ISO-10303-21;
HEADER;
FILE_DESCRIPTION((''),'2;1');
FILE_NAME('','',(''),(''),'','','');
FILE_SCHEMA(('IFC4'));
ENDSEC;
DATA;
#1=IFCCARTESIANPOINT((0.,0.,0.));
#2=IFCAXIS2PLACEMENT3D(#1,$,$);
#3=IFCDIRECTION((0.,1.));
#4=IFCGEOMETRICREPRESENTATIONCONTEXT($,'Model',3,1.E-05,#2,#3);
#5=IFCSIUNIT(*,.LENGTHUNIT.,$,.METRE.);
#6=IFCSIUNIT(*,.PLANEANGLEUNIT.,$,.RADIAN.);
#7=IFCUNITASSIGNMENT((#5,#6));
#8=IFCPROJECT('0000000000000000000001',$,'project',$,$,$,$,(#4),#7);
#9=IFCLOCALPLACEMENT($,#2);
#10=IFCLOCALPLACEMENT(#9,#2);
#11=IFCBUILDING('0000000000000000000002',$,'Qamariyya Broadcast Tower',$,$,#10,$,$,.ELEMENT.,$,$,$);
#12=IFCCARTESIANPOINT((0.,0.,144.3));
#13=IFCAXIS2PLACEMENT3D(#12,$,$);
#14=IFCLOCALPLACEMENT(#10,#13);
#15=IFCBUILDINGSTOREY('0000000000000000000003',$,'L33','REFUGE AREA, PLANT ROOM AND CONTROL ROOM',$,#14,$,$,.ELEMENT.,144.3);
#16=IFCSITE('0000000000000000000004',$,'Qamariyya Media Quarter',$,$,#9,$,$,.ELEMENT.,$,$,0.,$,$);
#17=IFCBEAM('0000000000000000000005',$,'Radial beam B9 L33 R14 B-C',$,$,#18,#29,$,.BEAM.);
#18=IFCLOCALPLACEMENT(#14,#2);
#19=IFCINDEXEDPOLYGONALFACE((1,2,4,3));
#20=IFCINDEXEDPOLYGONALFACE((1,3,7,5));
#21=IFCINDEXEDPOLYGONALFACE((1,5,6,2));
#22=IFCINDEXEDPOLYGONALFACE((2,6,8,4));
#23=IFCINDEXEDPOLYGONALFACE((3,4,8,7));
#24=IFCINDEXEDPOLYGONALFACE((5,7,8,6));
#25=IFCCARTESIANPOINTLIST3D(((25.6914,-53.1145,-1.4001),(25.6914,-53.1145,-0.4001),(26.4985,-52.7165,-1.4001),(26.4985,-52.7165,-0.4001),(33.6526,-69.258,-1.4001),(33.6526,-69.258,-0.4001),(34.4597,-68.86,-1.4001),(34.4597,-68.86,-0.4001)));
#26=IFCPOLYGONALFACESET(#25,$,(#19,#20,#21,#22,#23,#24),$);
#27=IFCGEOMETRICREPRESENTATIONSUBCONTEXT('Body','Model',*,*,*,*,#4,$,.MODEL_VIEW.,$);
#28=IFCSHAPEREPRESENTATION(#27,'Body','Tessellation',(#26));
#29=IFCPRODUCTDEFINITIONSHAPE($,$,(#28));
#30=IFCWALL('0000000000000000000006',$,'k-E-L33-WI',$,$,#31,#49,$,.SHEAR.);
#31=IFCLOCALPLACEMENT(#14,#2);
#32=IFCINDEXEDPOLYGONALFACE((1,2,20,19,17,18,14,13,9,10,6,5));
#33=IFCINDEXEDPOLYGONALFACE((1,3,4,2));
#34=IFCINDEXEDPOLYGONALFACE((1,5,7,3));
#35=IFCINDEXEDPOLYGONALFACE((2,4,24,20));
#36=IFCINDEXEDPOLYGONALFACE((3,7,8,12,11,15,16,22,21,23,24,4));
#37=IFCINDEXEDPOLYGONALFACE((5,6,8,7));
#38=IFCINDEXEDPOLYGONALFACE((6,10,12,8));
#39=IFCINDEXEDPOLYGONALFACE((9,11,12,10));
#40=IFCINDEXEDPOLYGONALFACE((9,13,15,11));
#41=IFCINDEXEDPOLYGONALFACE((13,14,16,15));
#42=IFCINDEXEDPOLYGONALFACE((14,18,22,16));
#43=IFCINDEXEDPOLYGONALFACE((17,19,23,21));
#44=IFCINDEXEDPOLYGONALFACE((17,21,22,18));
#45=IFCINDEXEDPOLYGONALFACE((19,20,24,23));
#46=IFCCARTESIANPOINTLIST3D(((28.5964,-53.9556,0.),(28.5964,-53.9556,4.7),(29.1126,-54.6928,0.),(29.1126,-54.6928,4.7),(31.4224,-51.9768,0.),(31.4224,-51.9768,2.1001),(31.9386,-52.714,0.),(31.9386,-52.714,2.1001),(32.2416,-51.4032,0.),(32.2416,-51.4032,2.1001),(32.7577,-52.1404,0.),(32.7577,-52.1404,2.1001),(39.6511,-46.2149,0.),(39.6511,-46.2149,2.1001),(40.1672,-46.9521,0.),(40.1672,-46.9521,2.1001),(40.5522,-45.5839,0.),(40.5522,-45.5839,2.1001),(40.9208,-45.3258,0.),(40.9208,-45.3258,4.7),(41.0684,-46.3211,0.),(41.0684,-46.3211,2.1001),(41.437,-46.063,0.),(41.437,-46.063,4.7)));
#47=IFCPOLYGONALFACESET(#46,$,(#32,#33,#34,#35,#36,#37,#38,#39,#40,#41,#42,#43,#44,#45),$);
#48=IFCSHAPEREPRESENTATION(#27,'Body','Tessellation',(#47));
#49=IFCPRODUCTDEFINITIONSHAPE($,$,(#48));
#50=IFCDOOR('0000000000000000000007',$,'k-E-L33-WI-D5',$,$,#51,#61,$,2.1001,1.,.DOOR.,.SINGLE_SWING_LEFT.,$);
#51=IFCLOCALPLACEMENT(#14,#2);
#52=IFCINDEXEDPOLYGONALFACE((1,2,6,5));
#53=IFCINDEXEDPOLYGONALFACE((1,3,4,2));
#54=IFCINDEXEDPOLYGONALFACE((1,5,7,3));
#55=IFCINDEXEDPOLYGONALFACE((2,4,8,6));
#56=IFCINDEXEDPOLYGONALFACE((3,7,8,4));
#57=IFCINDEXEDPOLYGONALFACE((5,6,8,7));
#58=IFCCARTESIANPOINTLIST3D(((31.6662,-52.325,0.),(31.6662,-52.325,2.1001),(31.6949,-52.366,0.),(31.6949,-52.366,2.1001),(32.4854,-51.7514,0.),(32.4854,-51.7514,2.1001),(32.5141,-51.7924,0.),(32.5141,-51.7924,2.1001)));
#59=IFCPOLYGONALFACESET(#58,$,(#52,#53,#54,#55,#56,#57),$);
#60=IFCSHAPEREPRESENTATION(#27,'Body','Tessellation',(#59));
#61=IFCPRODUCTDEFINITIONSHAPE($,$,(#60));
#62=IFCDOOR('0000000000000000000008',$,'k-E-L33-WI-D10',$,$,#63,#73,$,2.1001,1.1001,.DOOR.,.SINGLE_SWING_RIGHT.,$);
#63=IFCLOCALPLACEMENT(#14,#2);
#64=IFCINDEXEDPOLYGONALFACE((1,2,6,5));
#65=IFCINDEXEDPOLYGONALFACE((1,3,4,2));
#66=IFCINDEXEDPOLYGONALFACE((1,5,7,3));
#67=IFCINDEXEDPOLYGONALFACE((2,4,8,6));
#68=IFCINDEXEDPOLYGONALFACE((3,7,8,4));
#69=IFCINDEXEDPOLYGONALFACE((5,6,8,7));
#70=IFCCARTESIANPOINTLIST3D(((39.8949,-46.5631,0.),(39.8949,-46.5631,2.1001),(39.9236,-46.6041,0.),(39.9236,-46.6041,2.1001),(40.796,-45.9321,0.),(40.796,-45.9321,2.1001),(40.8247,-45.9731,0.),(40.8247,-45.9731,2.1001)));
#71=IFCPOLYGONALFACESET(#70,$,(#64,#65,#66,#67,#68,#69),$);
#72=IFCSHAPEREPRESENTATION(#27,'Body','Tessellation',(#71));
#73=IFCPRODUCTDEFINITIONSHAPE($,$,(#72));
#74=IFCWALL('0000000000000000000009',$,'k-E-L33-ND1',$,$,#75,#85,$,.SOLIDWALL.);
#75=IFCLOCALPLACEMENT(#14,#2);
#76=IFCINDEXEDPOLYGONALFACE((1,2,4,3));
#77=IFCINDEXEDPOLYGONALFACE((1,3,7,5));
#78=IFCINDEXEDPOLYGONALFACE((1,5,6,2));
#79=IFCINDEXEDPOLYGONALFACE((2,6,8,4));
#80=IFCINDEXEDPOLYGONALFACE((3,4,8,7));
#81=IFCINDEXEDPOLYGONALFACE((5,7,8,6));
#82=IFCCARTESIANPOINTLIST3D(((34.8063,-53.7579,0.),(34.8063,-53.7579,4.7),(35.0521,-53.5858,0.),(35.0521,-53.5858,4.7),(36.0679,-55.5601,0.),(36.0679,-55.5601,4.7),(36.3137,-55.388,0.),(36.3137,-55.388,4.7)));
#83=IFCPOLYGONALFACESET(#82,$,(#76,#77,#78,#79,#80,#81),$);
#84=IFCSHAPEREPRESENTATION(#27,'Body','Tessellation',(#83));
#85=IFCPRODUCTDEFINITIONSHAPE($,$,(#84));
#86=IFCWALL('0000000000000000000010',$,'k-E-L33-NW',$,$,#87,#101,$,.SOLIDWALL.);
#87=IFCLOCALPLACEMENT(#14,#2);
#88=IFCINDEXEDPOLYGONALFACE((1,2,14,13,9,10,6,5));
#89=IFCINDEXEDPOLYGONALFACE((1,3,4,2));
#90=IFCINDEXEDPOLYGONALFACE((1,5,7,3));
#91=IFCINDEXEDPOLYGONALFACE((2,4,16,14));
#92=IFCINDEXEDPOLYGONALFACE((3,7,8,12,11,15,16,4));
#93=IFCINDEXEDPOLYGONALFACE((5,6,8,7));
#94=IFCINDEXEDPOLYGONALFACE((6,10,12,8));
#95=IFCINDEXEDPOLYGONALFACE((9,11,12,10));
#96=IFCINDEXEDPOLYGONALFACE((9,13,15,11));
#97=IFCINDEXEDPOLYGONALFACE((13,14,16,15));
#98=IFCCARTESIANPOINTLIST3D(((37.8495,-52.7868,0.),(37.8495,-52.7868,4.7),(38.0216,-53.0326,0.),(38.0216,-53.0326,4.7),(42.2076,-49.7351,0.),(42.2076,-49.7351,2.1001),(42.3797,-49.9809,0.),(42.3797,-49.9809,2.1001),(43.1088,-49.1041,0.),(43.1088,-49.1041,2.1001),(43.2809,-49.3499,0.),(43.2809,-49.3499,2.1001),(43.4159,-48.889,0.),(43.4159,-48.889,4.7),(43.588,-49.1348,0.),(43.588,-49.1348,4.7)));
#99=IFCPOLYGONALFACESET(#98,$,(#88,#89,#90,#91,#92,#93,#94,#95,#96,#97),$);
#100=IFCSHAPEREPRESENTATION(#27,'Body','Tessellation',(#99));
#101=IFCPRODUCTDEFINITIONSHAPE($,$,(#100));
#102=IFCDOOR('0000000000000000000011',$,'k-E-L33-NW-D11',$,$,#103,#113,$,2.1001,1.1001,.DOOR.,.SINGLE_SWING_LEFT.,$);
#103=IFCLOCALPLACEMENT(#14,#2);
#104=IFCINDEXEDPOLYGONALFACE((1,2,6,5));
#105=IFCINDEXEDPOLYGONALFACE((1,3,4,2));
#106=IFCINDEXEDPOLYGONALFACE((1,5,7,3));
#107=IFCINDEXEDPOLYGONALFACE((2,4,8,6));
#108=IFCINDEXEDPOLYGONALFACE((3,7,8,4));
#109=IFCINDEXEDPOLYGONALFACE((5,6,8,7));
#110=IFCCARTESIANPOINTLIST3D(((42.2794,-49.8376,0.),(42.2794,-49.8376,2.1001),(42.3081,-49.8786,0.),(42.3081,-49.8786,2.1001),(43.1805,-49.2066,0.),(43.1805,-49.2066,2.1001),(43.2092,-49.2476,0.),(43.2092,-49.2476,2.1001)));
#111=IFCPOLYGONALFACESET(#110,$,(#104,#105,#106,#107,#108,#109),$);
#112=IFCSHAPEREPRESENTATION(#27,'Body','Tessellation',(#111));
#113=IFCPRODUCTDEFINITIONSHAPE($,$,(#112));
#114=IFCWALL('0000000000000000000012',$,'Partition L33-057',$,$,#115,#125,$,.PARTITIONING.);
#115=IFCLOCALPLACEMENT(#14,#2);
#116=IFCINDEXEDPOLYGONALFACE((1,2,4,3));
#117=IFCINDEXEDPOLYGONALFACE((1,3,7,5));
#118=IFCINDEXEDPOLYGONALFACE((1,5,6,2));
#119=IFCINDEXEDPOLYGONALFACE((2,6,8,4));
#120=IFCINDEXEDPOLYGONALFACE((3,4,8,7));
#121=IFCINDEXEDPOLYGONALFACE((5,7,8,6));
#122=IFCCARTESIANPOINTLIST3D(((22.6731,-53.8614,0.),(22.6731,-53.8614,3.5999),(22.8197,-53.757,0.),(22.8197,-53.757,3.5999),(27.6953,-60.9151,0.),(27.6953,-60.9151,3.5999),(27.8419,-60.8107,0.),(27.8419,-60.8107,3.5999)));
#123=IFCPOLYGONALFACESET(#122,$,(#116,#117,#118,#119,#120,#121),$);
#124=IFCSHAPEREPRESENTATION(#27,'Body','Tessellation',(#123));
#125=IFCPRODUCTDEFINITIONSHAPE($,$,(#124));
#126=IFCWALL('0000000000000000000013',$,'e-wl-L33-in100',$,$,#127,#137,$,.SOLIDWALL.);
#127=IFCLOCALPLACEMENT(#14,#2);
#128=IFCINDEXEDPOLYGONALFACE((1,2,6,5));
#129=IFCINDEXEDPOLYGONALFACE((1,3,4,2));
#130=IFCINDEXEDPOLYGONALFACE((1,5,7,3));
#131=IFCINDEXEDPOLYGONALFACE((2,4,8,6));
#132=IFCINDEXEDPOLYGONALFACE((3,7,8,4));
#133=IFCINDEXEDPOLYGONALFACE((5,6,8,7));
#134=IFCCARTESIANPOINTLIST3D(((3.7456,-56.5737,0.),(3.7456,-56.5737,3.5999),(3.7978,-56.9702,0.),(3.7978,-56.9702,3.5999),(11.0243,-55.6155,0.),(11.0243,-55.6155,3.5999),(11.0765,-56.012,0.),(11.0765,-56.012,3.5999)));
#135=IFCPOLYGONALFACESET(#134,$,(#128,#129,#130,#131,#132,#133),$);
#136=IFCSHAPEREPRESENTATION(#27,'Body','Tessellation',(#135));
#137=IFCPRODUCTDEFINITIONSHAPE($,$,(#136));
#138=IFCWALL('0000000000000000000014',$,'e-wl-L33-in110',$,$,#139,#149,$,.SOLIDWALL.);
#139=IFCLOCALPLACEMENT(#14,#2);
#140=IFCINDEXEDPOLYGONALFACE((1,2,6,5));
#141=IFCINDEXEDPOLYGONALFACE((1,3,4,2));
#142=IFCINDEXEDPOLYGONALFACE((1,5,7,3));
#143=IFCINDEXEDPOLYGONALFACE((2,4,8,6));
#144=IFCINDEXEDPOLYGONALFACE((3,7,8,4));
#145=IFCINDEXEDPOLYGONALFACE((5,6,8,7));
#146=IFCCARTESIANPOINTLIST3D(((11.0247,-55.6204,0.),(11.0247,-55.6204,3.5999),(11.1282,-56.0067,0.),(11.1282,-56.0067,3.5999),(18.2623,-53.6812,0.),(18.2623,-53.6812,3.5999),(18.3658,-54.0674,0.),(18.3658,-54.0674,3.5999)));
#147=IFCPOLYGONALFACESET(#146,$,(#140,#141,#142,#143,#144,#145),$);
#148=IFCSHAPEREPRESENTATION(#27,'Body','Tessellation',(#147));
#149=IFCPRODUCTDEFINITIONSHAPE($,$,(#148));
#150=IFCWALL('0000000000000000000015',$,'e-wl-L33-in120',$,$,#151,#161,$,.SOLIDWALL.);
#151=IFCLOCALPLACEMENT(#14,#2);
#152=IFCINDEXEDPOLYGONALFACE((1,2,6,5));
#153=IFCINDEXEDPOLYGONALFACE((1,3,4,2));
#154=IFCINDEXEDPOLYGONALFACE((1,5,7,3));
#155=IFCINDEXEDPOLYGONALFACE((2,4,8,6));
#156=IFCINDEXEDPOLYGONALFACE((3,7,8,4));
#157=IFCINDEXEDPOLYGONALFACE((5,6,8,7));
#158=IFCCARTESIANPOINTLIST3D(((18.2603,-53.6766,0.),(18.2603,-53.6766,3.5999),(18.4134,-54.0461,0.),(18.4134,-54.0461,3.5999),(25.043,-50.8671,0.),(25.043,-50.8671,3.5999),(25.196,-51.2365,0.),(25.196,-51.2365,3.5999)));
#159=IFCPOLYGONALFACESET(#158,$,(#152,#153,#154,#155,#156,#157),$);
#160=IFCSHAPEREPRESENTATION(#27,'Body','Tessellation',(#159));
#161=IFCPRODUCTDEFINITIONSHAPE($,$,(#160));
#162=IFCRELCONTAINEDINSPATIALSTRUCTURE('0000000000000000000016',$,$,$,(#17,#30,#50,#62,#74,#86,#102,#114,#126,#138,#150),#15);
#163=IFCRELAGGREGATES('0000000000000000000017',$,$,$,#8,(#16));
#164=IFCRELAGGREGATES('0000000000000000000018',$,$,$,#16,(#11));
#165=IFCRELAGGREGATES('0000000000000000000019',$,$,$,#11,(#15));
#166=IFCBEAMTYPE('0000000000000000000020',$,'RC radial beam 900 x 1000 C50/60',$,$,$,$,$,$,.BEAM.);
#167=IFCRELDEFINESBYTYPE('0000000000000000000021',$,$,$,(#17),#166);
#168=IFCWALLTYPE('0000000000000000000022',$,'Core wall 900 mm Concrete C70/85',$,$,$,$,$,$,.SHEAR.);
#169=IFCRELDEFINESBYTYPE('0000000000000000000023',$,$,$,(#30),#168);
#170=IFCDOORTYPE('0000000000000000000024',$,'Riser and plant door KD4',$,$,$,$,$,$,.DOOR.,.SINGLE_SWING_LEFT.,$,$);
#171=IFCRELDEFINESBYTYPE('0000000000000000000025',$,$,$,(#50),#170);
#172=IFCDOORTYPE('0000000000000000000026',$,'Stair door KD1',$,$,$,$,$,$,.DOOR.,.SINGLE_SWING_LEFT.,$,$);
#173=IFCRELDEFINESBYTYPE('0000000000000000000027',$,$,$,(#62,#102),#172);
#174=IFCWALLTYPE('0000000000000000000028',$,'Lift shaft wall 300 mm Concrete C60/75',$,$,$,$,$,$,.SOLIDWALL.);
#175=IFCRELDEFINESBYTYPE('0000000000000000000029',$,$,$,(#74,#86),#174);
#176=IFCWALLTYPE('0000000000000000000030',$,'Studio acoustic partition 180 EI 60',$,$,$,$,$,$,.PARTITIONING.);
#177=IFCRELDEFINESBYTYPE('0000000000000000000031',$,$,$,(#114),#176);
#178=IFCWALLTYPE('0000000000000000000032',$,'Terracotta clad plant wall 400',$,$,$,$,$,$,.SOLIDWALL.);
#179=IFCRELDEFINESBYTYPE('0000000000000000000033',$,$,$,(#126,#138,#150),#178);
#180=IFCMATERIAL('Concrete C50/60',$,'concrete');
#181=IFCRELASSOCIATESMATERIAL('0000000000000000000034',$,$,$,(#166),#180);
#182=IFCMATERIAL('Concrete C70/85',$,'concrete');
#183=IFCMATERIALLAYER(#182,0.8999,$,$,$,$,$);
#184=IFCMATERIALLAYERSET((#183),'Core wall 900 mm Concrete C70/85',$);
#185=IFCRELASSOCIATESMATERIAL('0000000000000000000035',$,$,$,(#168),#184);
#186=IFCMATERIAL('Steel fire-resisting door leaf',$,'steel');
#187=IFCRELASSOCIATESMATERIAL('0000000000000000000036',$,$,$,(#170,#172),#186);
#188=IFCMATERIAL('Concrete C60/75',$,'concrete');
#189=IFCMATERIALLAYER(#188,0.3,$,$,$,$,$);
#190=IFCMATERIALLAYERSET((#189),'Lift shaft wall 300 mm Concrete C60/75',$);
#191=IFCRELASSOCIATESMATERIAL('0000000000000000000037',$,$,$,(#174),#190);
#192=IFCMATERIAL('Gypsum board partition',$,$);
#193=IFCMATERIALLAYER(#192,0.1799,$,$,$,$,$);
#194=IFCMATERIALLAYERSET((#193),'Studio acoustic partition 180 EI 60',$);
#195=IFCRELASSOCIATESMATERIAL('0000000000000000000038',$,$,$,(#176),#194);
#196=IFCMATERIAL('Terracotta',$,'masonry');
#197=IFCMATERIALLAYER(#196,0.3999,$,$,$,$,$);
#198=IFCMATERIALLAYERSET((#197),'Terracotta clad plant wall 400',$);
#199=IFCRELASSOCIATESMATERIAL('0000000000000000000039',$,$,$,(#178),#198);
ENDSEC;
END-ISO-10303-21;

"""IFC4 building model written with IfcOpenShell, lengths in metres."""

from ifc_helpers import new_model, si_unit, direction, frame, frame_2d, origin, origin_2d, place, context, subcontext, project, spatial, rectangle, extrude, material, layer, layer_set, material_profile, profile_set, type_object, element, fill, save


model = new_model("IFC4")

# Units and contexts
model_context = context("Model", 3, precision=1e-05, world=origin(), true_north=direction((0.0, 1.0)))
body_context = subcontext(model_context, "Body", "Model", "MODEL_VIEW")
ifc_project = project(units=[si_unit("LENGTHUNIT", "METRE"), si_unit("PLANEANGLEUNIT", "RADIAN")], contexts=[model_context])

# Site, building, storey
site_placement = place(None, origin())
site = spatial("IfcSite", under=ifc_project, at=site_placement, Name="Qamariyya Media Quarter", CompositionType="ELEMENT", RefElevation=0.0)
building_placement = place(site_placement, origin())
building = spatial("IfcBuilding", under=site, at=building_placement, Name="Qamariyya Broadcast Tower", CompositionType="ELEMENT")
storey_placement = place(building_placement, frame((0.0, 0.0, 144.3)))
storey = spatial("IfcBuildingStorey", under=building, at=storey_placement, Name="L33", Description="REFUGE AREA, PLANT ROOM AND CONTROL ROOM", CompositionType="ELEMENT", Elevation=144.3)

# Shared definitions
ifc_material_1 = material(Name="Concrete C70/85", Category="concrete")

# Beam
ifc_material_2 = material(Name="Concrete C50/60", Category="concrete")
ifc_material_profile_1 = material_profile(ifc_material_2, rectangle(XDim=0.8999, YDim=1.0, at=origin_2d()))
ifc_profile_set_1 = profile_set([ifc_material_profile_1], Name="Concrete C50/60")
beam_type_1 = type_object("IfcBeamType", Name="RC radial beam 900 x 1000 C50/60", PredefinedType="BEAM", material=ifc_profile_set_1)
beam_1_placement = place(storey_placement, frame((26.095, -52.9155, -0.9001), z_axis=(0.442291, -0.896871, 0.0), x_axis=(0.896871, 0.442291, 0.0)))
element("IfcBeam", 1, at=beam_1_placement, inside=storey, type_object=beam_type_1, Name="Radial beam B9 L33 R14 B-C", PredefinedType="BEAM", context=body_context, shape_type="SweptSolid", body=[
    extrude(rectangle(XDim=0.8999, YDim=1.0, at=origin_2d()), origin(), (0.0, 0.0, 1.0), 17.9998),
])

# Wall, openings, doors
ifc_layer_1 = layer(ifc_material_1, 0.8999)
ifc_layer_set_1 = layer_set([ifc_layer_1], Name="Core wall 900 mm Concrete C70/85")
wall_type_1 = type_object("IfcWallType", Name="Core wall 900 mm Concrete C70/85", PredefinedType="SHEAR", material=ifc_layer_set_1)
wall_1_placement = place(storey_placement, frame((28.8545, -54.3242, 0.0), z_axis=(0.0, 0.0, 1.0), x_axis=(0.819146, 0.573585, 0.0)))
wall_1 = element("IfcWall", 2, at=wall_1_placement, inside=storey, type_object=wall_type_1, Name="k-E-L33-WI", PredefinedType="SHEAR", context=body_context, shape_type="SweptSolid", body=[
    extrude(rectangle(XDim=15.0454, YDim=0.8999, at=frame_2d((7.5227, 0.0))), origin(), (0.0, 0.0, 1.0), 4.7),
])
opening_1_placement = place(wall_1_placement, frame((3.45, 0.0, 0.0)))
opening_1 = element("IfcOpeningElement", 3, at=opening_1_placement, cuts=wall_1, PredefinedType="OPENING", context=body_context, shape_type="SweptSolid", body=[
    extrude(rectangle(XDim=1.0, YDim=2.1001, at=frame_2d((0.5, 1.05))), frame((0.0, 0.46, 0.0), z_axis=(0.0, -1.0, 0.0), x_axis=(1.0, 0.0, 0.0)), (0.0, 0.0, 1.0), 0.9199),
])
opening_2_placement = place(wall_1_placement, frame((13.4954, 0.0, 0.0)))
opening_2 = element("IfcOpeningElement", 4, at=opening_2_placement, cuts=wall_1, PredefinedType="OPENING", context=body_context, shape_type="SweptSolid", body=[
    extrude(rectangle(XDim=1.1001, YDim=2.1001, at=frame_2d((0.55, 1.05))), frame((0.0, 0.46, 0.0), z_axis=(0.0, -1.0, 0.0), x_axis=(1.0, 0.0, 0.0)), (0.0, 0.0, 1.0), 0.9199),
])
ifc_material_3 = material(Name="Steel fire-resisting door leaf", Category="steel")
door_type_1 = type_object("IfcDoorType", Name="Riser and plant door KD4", OperationType="SINGLE_SWING_LEFT", PredefinedType="DOOR", material=ifc_material_3)
door_1_placement = place(opening_1_placement, origin())
door_1 = element("IfcDoor", 5, at=door_1_placement, inside=storey, type_object=door_type_1, Name="k-E-L33-WI-D5", OperationType="SINGLE_SWING_LEFT", OverallHeight=2.1001, OverallWidth=1.0, PredefinedType="DOOR", context=body_context, shape_type="SweptSolid", body=[
    extrude(rectangle(XDim=1.0, YDim=2.1001, at=frame_2d((0.5, 1.05))), frame((0.0, 0.0249, 0.0), z_axis=(0.0, -1.0, 0.0), x_axis=(1.0, 0.0, 0.0)), (0.0, 0.0, 1.0), 0.05),
])
fill(opening_1, door_1)
door_type_2 = type_object("IfcDoorType", Name="Stair door KD1", OperationType="SINGLE_SWING_LEFT", PredefinedType="DOOR", material=ifc_material_3)
door_2_placement = place(opening_2_placement, origin())
door_2 = element("IfcDoor", 6, at=door_2_placement, inside=storey, type_object=door_type_2, Name="k-E-L33-WI-D10", OperationType="SINGLE_SWING_RIGHT", OverallHeight=2.1001, OverallWidth=1.1001, PredefinedType="DOOR", context=body_context, shape_type="SweptSolid", body=[
    extrude(rectangle(XDim=1.1001, YDim=2.1001, at=frame_2d((0.55, 1.05))), frame((0.0, 0.0249, 0.0), z_axis=(0.0, -1.0, 0.0), x_axis=(1.0, 0.0, 0.0)), (0.0, 0.0, 1.0), 0.05),
])
fill(opening_2, door_2)

# Wall
ifc_material_4 = material(Name="Concrete C60/75", Category="concrete")
ifc_layer_2 = layer(ifc_material_4, 0.3)
ifc_layer_set_2 = layer_set([ifc_layer_2], Name="Lift shaft wall 300 mm Concrete C60/75")
wall_type_2 = type_object("IfcWallType", Name="Lift shaft wall 300 mm Concrete C60/75", PredefinedType="SOLIDWALL", material=ifc_layer_set_2)
wall_2_placement = place(storey_placement, frame((36.1909, -55.4741, 0.0), z_axis=(0.0, 0.0, 1.0), x_axis=(-0.573507, 0.819201, 0.0)))
element("IfcWall", 7, at=wall_2_placement, inside=storey, type_object=wall_type_2, Name="k-E-L33-ND1", PredefinedType="SOLIDWALL", context=body_context, shape_type="SweptSolid", body=[
    extrude(rectangle(XDim=2.2, YDim=0.3, at=frame_2d((1.1001, 0.0))), origin(), (0.0, 0.0, 1.0), 4.7),
])

# Wall, opening, door
wall_3_placement = place(storey_placement, frame((37.9355, -52.9097, 0.0), z_axis=(0.0, 0.0, 1.0), x_axis=(0.819148, 0.573583, 0.0)))
wall_3 = element("IfcWall", 8, at=wall_3_placement, inside=storey, type_object=wall_type_2, Name="k-E-L33-NW", PredefinedType="SOLIDWALL", context=body_context, shape_type="SweptSolid", body=[
    extrude(rectangle(XDim=6.7954, YDim=0.3, at=frame_2d((3.3977, 0.0))), origin(), (0.0, 0.0, 1.0), 4.7),
])
opening_3_placement = place(wall_3_placement, frame((5.3203, 0.0, 0.0)))
opening_3 = element("IfcOpeningElement", 9, at=opening_3_placement, cuts=wall_3, PredefinedType="OPENING", context=body_context, shape_type="SweptSolid", body=[
    extrude(rectangle(XDim=1.1001, YDim=2.1001, at=frame_2d((0.55, 1.05))), frame((0.0, 0.1599, 0.0), z_axis=(0.0, -1.0, 0.0), x_axis=(1.0, 0.0, 0.0)), (0.0, 0.0, 1.0), 0.3201),
])
door_3_placement = place(opening_3_placement, origin())
door_3 = element("IfcDoor", 10, at=door_3_placement, inside=storey, type_object=door_type_2, Name="k-E-L33-NW-D11", OperationType="SINGLE_SWING_LEFT", OverallHeight=2.1001, OverallWidth=1.1001, PredefinedType="DOOR", context=body_context, shape_type="SweptSolid", body=[
    extrude(rectangle(XDim=1.1001, YDim=2.1001, at=frame_2d((0.55, 1.05))), frame((0.0, 0.0249, 0.0), z_axis=(0.0, -1.0, 0.0), x_axis=(1.0, 0.0, 0.0)), (0.0, 0.0, 1.0), 0.05),
])
fill(opening_3, door_3)

# Walls
ifc_material_5 = material(Name="Gypsum board partition")
ifc_layer_3 = layer(ifc_material_5, 0.1799)
ifc_layer_set_3 = layer_set([ifc_layer_3], Name="Studio acoustic partition 180 EI 60")
wall_type_3 = type_object("IfcWallType", Name="Studio acoustic partition 180 EI 60", PredefinedType="PARTITIONING", material=ifc_layer_set_3)
wall_4_placement = place(storey_placement, frame((22.7463, -53.8091, 0.0), z_axis=(0.0, 0.0, 1.0), x_axis=(0.580003, -0.814615, 0.0)))
element("IfcWall", 11, at=wall_4_placement, inside=storey, type_object=wall_type_3, Name="Partition L33-057", PredefinedType="PARTITIONING", context=body_context, shape_type="SweptSolid", body=[
    extrude(rectangle(XDim=8.6589, YDim=0.1799, at=frame_2d((4.3296, 0.0))), origin(), (0.0, 0.0, 1.0), 3.5999),
])
ifc_material_6 = material(Name="Terracotta", Category="masonry")
ifc_layer_4 = layer(ifc_material_6, 0.3999)
ifc_layer_set_4 = layer_set([ifc_layer_4], Name="Terracotta clad plant wall 400")
wall_type_4 = type_object("IfcWallType", Name="Terracotta clad plant wall 400", PredefinedType="SOLIDWALL", material=ifc_layer_set_4)
wall_5_placement = place(storey_placement, frame((11.0505, -55.8137, 0.0), z_axis=(0.0, 0.0, 1.0), x_axis=(-0.991445, -0.130523, 0.0)))
element("IfcWall", 12, at=wall_5_placement, inside=storey, type_object=wall_type_4, Name="e-wl-L33-in100", PredefinedType="SOLIDWALL", context=body_context, shape_type="SweptSolid", body=[
    extrude(rectangle(XDim=7.3416, YDim=0.3999, at=frame_2d((3.6709, 0.0))), origin(), (0.0, 0.0, 1.0), 3.5999),
])
wall_6_placement = place(storey_placement, frame((18.3142, -53.8743, 0.0), z_axis=(0.0, 0.0, 1.0), x_axis=(-0.965929, -0.258808, 0.0)))
element("IfcWall", 13, at=wall_6_placement, inside=storey, type_object=wall_type_4, Name="e-wl-L33-in110", PredefinedType="SOLIDWALL", context=body_context, shape_type="SweptSolid", body=[
    extrude(rectangle(XDim=7.4929, YDim=0.3999, at=frame_2d((3.7466, 0.0))), origin(), (0.0, 0.0, 1.0), 3.5999),
])
wall_7_placement = place(storey_placement, frame((25.1196, -51.0518, 0.0), z_axis=(0.0, 0.0, 1.0), x_axis=(-0.923876, -0.382692, 0.0)))
element("IfcWall", 14, at=wall_7_placement, inside=storey, type_object=wall_type_4, Name="e-wl-L33-in120", PredefinedType="SOLIDWALL", context=body_context, shape_type="SweptSolid", body=[
    extrude(rectangle(XDim=7.3416, YDim=0.3999, at=frame_2d((3.6709, 0.0))), origin(), (0.0, 0.0, 1.0), 3.5999),
])

save(model, "model.ifc")
